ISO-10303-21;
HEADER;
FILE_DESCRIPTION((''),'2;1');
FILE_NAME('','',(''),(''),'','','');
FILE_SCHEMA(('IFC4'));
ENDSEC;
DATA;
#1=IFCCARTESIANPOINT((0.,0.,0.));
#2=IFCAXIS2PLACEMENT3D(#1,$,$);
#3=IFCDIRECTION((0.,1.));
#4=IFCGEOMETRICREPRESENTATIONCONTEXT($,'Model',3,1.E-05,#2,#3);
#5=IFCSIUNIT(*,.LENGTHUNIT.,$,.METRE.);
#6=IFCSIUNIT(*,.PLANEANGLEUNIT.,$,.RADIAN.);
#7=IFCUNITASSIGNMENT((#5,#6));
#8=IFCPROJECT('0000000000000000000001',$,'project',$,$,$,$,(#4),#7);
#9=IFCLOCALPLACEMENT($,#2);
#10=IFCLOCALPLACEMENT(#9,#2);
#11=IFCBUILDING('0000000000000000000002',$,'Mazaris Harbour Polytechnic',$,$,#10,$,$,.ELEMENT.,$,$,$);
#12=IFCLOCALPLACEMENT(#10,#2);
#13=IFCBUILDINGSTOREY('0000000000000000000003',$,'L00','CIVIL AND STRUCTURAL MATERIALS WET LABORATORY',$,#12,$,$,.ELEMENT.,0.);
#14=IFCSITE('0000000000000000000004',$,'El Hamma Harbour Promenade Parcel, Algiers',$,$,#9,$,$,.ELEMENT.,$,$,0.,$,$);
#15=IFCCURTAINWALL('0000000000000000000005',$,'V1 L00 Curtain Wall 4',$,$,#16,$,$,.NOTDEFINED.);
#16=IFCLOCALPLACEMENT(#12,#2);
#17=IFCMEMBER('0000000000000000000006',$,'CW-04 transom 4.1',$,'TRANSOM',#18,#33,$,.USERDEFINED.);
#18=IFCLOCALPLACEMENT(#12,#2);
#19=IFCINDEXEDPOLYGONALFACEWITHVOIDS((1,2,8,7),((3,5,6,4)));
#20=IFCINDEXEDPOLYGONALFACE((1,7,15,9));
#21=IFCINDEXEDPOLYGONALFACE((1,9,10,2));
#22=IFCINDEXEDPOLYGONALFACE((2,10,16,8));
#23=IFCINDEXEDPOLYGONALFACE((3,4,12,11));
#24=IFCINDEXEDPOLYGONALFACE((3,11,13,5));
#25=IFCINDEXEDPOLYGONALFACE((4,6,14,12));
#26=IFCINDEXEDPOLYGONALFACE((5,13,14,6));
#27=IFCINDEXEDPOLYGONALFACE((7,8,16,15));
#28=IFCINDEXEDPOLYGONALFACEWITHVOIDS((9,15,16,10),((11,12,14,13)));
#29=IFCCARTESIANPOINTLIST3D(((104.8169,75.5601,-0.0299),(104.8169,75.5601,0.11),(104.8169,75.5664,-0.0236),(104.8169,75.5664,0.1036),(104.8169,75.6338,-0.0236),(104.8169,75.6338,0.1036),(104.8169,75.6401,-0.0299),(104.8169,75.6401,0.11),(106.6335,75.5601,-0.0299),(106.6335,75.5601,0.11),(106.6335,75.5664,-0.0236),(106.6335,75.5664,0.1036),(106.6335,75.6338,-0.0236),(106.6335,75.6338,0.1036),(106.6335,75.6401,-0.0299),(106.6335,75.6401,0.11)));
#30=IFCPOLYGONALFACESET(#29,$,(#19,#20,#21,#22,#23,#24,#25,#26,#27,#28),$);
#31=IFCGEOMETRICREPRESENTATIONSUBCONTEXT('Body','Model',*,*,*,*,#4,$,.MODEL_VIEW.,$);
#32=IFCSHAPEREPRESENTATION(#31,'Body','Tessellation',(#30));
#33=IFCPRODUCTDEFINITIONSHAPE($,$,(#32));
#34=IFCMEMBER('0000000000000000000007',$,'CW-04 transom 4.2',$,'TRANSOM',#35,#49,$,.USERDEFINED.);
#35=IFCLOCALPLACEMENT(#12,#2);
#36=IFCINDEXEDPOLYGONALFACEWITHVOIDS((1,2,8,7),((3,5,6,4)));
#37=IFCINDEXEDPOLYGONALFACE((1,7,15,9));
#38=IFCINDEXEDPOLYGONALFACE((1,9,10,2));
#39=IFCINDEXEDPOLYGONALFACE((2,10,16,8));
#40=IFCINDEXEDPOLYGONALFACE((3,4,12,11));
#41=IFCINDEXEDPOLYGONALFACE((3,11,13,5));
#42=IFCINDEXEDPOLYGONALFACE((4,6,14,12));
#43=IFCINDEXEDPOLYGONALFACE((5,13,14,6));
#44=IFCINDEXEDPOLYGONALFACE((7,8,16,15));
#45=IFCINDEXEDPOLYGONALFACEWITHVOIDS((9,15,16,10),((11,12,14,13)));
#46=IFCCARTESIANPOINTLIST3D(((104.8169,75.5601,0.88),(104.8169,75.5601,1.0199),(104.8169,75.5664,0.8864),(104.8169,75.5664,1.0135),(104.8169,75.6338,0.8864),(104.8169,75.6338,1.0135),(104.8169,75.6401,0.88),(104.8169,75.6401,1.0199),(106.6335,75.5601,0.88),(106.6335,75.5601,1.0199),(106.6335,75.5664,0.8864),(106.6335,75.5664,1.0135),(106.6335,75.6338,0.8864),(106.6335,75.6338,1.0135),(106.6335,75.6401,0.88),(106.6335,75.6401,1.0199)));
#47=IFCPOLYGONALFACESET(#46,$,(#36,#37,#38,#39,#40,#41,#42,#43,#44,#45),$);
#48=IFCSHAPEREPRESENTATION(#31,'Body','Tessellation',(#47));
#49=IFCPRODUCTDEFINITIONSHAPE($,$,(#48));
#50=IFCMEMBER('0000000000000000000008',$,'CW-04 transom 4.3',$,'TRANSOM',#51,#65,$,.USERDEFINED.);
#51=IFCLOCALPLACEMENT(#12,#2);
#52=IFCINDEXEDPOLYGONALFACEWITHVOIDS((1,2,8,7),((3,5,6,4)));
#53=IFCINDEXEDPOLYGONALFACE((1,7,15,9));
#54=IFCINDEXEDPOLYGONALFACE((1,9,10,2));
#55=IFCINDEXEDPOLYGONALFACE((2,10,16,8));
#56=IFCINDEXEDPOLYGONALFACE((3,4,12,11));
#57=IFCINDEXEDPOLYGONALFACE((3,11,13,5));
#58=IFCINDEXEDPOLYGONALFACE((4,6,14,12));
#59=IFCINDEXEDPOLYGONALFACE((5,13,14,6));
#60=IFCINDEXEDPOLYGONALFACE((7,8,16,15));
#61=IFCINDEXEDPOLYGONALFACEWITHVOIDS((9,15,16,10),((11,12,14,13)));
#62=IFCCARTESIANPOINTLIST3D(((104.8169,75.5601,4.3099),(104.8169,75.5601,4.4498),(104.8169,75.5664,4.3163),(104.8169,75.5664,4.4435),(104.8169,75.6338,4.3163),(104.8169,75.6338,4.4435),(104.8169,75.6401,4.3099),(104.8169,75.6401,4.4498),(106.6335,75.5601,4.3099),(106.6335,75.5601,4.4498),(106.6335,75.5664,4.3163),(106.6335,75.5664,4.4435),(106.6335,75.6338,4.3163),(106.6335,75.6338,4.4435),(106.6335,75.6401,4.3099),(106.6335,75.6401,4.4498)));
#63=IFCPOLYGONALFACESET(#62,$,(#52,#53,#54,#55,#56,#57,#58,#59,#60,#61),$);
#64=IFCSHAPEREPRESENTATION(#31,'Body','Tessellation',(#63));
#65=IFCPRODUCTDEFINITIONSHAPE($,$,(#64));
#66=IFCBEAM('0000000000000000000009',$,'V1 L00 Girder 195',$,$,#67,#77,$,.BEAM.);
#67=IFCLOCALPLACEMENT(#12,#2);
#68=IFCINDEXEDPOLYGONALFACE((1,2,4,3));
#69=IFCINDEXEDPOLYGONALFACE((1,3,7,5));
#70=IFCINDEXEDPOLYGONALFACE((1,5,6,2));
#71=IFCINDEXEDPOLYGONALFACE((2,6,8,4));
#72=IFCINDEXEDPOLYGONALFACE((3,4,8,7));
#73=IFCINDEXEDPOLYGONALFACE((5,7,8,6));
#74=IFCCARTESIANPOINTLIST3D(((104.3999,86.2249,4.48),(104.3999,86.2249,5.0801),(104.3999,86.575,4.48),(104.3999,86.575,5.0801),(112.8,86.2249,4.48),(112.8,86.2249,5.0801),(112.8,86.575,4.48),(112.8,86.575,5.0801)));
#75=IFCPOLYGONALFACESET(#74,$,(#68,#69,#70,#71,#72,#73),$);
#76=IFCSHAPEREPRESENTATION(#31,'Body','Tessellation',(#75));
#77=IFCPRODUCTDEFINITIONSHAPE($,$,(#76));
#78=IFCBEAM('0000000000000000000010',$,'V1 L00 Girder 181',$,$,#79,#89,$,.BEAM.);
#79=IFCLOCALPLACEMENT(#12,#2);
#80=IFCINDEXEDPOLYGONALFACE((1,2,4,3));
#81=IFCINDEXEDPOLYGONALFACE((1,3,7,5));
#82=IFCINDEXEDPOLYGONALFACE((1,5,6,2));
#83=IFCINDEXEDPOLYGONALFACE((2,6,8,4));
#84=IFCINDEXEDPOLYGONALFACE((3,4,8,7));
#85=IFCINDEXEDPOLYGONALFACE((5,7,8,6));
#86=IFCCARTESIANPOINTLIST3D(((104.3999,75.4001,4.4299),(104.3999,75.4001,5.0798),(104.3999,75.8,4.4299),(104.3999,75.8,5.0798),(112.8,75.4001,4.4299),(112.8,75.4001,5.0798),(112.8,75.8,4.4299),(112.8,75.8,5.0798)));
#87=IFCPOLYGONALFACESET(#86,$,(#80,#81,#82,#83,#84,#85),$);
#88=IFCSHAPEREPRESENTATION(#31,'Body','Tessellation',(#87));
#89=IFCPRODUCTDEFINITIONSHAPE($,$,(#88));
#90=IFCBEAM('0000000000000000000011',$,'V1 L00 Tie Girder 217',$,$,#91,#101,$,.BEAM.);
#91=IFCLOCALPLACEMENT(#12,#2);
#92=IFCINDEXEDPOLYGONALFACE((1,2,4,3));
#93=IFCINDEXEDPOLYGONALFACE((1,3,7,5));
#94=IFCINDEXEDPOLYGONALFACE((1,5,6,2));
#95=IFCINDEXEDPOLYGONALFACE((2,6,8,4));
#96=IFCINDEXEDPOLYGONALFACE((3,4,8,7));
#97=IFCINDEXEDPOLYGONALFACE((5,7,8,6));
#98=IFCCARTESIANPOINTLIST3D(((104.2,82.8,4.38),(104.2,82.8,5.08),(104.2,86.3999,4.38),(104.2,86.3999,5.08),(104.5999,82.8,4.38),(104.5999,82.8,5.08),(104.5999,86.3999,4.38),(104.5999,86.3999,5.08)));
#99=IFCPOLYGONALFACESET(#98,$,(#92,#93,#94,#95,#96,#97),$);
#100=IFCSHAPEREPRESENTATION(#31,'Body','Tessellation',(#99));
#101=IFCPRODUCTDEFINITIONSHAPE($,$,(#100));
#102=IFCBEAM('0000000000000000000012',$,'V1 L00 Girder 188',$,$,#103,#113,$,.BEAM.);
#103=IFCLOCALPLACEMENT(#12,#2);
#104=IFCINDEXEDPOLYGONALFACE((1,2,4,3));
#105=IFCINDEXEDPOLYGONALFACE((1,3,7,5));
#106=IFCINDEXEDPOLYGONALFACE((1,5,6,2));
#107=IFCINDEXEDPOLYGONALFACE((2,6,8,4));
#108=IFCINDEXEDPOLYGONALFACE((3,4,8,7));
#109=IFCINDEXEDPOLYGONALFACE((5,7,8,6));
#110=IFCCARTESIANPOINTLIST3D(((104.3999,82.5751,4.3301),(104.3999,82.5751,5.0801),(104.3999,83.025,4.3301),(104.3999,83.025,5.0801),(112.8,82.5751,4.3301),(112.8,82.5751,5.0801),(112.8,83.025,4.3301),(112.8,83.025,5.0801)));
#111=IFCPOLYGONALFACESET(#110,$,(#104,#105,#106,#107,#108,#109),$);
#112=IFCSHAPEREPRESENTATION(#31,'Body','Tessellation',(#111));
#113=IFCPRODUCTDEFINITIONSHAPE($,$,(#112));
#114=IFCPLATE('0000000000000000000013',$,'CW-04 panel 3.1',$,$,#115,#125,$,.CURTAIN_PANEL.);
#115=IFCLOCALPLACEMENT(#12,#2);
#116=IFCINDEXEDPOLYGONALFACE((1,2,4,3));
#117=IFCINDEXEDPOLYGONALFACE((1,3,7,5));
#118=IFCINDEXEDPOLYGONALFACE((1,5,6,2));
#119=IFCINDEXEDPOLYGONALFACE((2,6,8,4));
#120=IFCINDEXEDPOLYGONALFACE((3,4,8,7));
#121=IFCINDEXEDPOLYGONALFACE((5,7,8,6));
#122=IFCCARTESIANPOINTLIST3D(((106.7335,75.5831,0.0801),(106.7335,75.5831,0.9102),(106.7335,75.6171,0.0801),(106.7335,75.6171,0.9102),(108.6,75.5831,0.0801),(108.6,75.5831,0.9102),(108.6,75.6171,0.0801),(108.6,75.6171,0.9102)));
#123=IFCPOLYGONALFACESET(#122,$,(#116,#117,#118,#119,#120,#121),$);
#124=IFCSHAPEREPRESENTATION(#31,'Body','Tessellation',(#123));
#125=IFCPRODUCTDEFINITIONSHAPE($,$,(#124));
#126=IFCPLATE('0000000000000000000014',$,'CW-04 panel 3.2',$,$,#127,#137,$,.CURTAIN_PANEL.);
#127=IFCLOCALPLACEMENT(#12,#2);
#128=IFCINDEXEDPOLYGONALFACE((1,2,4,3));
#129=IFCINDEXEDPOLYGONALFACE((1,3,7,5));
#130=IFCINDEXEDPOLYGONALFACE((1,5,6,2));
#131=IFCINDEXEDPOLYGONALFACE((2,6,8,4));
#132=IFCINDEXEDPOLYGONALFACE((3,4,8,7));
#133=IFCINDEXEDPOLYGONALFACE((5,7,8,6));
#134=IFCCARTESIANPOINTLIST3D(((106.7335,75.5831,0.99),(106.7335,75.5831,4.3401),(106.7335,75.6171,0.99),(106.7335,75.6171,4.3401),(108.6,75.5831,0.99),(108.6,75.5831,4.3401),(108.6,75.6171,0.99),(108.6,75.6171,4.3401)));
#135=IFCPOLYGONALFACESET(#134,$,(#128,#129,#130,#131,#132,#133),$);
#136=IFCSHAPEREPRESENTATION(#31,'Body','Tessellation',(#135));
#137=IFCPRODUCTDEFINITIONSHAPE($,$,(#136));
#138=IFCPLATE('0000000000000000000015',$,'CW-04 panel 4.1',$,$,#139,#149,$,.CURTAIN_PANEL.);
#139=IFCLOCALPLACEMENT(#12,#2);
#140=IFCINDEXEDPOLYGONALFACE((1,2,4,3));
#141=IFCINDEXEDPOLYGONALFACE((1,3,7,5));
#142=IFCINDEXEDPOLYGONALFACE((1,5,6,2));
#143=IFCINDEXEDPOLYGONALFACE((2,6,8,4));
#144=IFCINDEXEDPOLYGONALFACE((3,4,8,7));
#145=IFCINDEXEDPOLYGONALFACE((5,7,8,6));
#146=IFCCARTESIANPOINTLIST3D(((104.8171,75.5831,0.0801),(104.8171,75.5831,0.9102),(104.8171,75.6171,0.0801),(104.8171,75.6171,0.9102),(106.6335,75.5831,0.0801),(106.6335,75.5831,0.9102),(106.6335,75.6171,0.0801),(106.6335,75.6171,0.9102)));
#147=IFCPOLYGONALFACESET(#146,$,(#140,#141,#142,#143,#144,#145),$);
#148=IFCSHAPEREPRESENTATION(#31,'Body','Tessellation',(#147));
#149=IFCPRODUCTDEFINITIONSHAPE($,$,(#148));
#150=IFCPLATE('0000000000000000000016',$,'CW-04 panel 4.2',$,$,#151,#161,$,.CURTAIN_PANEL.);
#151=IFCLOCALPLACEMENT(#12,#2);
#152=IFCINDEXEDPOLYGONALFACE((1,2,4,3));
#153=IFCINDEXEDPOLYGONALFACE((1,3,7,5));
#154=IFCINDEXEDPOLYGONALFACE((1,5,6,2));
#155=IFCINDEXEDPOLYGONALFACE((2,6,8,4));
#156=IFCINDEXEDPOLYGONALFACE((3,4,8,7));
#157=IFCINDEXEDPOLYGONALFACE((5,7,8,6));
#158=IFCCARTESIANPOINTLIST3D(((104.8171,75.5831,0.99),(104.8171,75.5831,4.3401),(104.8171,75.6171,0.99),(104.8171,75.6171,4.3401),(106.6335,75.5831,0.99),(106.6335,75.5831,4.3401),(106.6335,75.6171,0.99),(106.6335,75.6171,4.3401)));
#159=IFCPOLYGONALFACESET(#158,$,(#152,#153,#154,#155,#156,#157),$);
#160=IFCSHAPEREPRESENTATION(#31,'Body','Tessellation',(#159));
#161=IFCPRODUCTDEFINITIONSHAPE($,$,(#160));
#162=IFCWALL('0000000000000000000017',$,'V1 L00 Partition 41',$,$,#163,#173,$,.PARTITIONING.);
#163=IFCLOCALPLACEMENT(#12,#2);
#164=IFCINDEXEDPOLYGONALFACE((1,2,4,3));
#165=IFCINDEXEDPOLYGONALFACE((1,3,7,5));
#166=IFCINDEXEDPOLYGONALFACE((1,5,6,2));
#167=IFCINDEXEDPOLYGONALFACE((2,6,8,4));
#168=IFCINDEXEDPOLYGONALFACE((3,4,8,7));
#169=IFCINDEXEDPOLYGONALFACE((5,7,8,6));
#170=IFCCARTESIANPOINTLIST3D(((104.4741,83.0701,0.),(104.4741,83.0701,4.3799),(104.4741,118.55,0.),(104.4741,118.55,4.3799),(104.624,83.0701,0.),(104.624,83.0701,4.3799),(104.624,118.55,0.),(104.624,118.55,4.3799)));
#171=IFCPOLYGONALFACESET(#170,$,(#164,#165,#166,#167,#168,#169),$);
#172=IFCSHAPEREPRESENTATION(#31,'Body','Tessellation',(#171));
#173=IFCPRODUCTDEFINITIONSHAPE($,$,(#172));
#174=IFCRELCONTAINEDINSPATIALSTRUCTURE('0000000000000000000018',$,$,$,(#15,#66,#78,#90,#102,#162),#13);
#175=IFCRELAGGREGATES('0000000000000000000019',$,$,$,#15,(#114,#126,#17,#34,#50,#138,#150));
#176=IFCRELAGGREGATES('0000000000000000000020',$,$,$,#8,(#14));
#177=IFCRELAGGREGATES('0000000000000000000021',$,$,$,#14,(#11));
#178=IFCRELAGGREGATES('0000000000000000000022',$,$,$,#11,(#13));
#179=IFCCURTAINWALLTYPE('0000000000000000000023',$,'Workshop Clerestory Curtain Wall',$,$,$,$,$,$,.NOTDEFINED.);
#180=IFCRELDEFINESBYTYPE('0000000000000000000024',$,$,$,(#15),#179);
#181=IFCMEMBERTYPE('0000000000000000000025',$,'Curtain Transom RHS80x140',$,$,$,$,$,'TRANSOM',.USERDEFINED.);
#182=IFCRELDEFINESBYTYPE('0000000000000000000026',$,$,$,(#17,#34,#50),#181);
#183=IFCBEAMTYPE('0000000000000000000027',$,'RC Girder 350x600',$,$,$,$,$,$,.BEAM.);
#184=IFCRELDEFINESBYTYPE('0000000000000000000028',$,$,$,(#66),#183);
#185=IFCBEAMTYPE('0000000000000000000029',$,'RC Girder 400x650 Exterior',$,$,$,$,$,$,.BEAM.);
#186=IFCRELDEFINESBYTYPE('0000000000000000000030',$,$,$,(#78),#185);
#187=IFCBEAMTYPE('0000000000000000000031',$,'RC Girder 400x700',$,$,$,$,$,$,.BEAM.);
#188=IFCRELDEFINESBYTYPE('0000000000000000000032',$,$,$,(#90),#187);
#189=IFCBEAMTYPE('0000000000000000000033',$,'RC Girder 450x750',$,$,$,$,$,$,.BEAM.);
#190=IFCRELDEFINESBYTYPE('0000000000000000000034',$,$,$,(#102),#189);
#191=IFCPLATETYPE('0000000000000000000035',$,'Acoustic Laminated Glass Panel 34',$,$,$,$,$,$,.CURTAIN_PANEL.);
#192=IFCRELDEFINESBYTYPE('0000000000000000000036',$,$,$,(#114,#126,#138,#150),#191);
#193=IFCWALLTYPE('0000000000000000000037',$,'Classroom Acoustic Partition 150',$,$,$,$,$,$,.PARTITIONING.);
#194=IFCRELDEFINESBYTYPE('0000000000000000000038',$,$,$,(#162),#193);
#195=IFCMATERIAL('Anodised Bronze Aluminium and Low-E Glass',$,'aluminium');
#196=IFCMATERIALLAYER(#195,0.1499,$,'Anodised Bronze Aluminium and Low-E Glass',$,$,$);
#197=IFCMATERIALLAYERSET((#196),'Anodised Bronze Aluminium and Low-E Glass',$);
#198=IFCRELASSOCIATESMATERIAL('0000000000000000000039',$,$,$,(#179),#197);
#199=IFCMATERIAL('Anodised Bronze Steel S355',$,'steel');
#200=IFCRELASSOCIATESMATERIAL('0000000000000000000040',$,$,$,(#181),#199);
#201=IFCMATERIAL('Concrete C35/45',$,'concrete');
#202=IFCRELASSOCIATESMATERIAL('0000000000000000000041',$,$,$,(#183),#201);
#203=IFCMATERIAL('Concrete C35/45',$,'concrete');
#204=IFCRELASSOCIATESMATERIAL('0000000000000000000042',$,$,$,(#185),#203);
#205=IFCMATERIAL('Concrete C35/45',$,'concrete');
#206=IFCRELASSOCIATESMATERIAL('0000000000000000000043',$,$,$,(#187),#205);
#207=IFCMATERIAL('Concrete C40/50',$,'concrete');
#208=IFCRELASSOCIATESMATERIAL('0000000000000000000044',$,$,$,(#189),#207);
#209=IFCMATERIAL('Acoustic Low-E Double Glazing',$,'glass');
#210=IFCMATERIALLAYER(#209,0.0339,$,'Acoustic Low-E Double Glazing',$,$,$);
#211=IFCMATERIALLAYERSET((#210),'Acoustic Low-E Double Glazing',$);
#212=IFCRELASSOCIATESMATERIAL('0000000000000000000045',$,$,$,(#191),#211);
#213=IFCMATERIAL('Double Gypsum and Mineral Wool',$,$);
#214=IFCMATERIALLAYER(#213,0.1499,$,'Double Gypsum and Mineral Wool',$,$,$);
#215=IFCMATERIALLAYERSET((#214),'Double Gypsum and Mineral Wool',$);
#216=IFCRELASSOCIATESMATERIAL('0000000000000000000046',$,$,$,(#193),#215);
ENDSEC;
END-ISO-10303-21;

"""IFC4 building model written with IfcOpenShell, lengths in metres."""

from ifc_helpers import new_model, si_unit, direction, frame, frame_2d, origin, origin_2d, place, context, subcontext, project, spatial, rectangle, hollow_rectangle, extrude, material, layer, layer_set, material_profile, profile_set, type_object, element, aggregate, save


model = new_model("IFC4")

# Units and contexts
model_context = context("Model", 3, precision=1e-05, world=origin(), true_north=direction((0.0, 1.0)))
body_context = subcontext(model_context, "Body", "Model", "MODEL_VIEW")
ifc_project = project(units=[si_unit("LENGTHUNIT", "METRE"), si_unit("PLANEANGLEUNIT", "RADIAN")], contexts=[model_context])

# Site, building, storey
site_placement = place(None, origin())
site = spatial("IfcSite", under=ifc_project, at=site_placement, Name="El Hamma Harbour Promenade Parcel, Algiers", CompositionType="ELEMENT", RefElevation=0.0)
building_placement = place(site_placement, origin())
building = spatial("IfcBuilding", under=site, at=building_placement, Name="Mazaris Harbour Polytechnic", CompositionType="ELEMENT")
storey_placement = place(building_placement, origin())
storey = spatial("IfcBuildingStorey", under=building, at=storey_placement, Name="L00", Description="CIVIL AND STRUCTURAL MATERIALS WET LABORATORY", CompositionType="ELEMENT", Elevation=0.0)

# Curtain wall, members
ifc_material_1 = material(Name="Anodised Bronze Aluminium and Low-E Glass", Category="aluminium")
ifc_layer_1 = layer(ifc_material_1, 0.1499, Name="Anodised Bronze Aluminium and Low-E Glass")
ifc_layer_set_1 = layer_set([ifc_layer_1], Name="Anodised Bronze Aluminium and Low-E Glass")
curtain_wall_type = type_object("IfcCurtainWallType", Name="Workshop Clerestory Curtain Wall", PredefinedType="NOTDEFINED", material=ifc_layer_set_1)
curtain_wall_placement = place(storey_placement, origin())
curtain_wall = element("IfcCurtainWall", 1, at=curtain_wall_placement, inside=storey, type_object=curtain_wall_type, Name="V1 L00 Curtain Wall 4", PredefinedType="NOTDEFINED")
ifc_material_2 = material(Name="Anodised Bronze Steel S355", Category="steel")
ifc_material_profile_1 = material_profile(ifc_material_2, hollow_rectangle(XDim=0.0801, YDim=0.1399, WallThickness=0.0063, at=origin_2d()), Name="RHS 80x140x6.3")
ifc_profile_set_1 = profile_set([ifc_material_profile_1], Name="Anodised Bronze Steel S355")
member_type_1 = type_object("IfcMemberType", Name="Curtain Transom RHS80x140", ElementType="TRANSOM", PredefinedType="USERDEFINED", material=ifc_profile_set_1)
member_1_placement = place(storey_placement, frame((106.6335, 75.6001, 0.04), z_axis=(-1.0, 0.0, 0.0), x_axis=(0.0, -1.0, 0.0)))
member_1 = element("IfcMember", 2, at=member_1_placement, type_object=member_type_1, Name="CW-04 transom 4.1", ObjectType="TRANSOM", PredefinedType="USERDEFINED", context=body_context, shape_type="SweptSolid", body=[
    extrude(hollow_rectangle(XDim=0.0801, YDim=0.1399, WallThickness=0.0063, at=origin_2d()), origin(), (0.0, 0.0, 1.0), 1.8167),
])
member_2_placement = place(storey_placement, frame((106.6335, 75.6001, 0.95), z_axis=(-1.0, 0.0, 0.0), x_axis=(0.0, -1.0, 0.0)))
member_2 = element("IfcMember", 3, at=member_2_placement, type_object=member_type_1, Name="CW-04 transom 4.2", ObjectType="TRANSOM", PredefinedType="USERDEFINED", context=body_context, shape_type="SweptSolid", body=[
    extrude(hollow_rectangle(XDim=0.0801, YDim=0.1399, WallThickness=0.0063, at=origin_2d()), origin(), (0.0, 0.0, 1.0), 1.8167),
])
member_3_placement = place(storey_placement, frame((106.6335, 75.6001, 4.3799), z_axis=(-1.0, 0.0, 0.0), x_axis=(0.0, -1.0, 0.0)))
member_3 = element("IfcMember", 4, at=member_3_placement, type_object=member_type_1, Name="CW-04 transom 4.3", ObjectType="TRANSOM", PredefinedType="USERDEFINED", context=body_context, shape_type="SweptSolid", body=[
    extrude(hollow_rectangle(XDim=0.0801, YDim=0.1399, WallThickness=0.0063, at=origin_2d()), origin(), (0.0, 0.0, 1.0), 1.8167),
])

# Beams
ifc_material_3 = material(Name="Concrete C35/45", Category="concrete")
ifc_material_profile_2 = material_profile(ifc_material_3, rectangle(XDim=0.3501, YDim=0.6001, at=origin_2d()), Name="RECT350x600")
ifc_profile_set_2 = profile_set([ifc_material_profile_2], Name="Concrete C35/45")
beam_type_1 = type_object("IfcBeamType", Name="RC Girder 350x600", PredefinedType="BEAM", material=ifc_profile_set_2)
beam_1_placement = place(storey_placement, frame((104.3999, 86.3999, 4.78), z_axis=(1.0, 0.0, 0.0), x_axis=(0.0, 1.0, 0.0)))
element("IfcBeam", 5, at=beam_1_placement, inside=storey, type_object=beam_type_1, Name="V1 L00 Girder 195", PredefinedType="BEAM", context=body_context, shape_type="SweptSolid", body=[
    extrude(rectangle(XDim=0.3501, YDim=0.6001, at=origin_2d()), origin(), (0.0, 0.0, 1.0), 8.4001),
])
ifc_material_4 = material(Name="Concrete C35/45", Category="concrete")
ifc_material_profile_3 = material_profile(ifc_material_4, rectangle(XDim=0.3999, YDim=0.6499, at=origin_2d()), Name="RECT400x650")
ifc_profile_set_3 = profile_set([ifc_material_profile_3], Name="Concrete C35/45")
beam_type_2 = type_object("IfcBeamType", Name="RC Girder 400x650 Exterior", PredefinedType="BEAM", material=ifc_profile_set_3)
beam_2_placement = place(storey_placement, frame((104.3999, 75.6001, 4.7549), z_axis=(1.0, 0.0, 0.0), x_axis=(0.0, 1.0, 0.0)))
element("IfcBeam", 6, at=beam_2_placement, inside=storey, type_object=beam_type_2, Name="V1 L00 Girder 181", PredefinedType="BEAM", context=body_context, shape_type="SweptSolid", body=[
    extrude(rectangle(XDim=0.3999, YDim=0.6499, at=origin_2d()), origin(), (0.0, 0.0, 1.0), 8.4001),
])
ifc_material_5 = material(Name="Concrete C35/45", Category="concrete")
ifc_material_profile_4 = material_profile(ifc_material_5, rectangle(XDim=0.3999, YDim=0.7, at=origin_2d()), Name="RECT400x700")
ifc_profile_set_4 = profile_set([ifc_material_profile_4], Name="Concrete C35/45")
beam_type_3 = type_object("IfcBeamType", Name="RC Girder 400x700", PredefinedType="BEAM", material=ifc_profile_set_4)
beam_3_placement = place(storey_placement, frame((104.3999, 82.8, 4.73), z_axis=(0.0, 1.0, 0.0), x_axis=(-1.0, 0.0, 0.0)))
element("IfcBeam", 7, at=beam_3_placement, inside=storey, type_object=beam_type_3, Name="V1 L00 Tie Girder 217", PredefinedType="BEAM", context=body_context, shape_type="SweptSolid", body=[
    extrude(rectangle(XDim=0.3999, YDim=0.7, at=origin_2d()), origin(), (0.0, 0.0, 1.0), 3.5999),
])
ifc_material_6 = material(Name="Concrete C40/50", Category="concrete")
ifc_material_profile_5 = material_profile(ifc_material_6, rectangle(XDim=0.45, YDim=0.75, at=origin_2d()), Name="RECT450x750")
ifc_profile_set_5 = profile_set([ifc_material_profile_5], Name="Concrete C40/50")
beam_type_4 = type_object("IfcBeamType", Name="RC Girder 450x750", PredefinedType="BEAM", material=ifc_profile_set_5)
beam_4_placement = place(storey_placement, frame((104.3999, 82.8, 4.7051), z_axis=(1.0, 0.0, 0.0), x_axis=(0.0, 1.0, 0.0)))
element("IfcBeam", 8, at=beam_4_placement, inside=storey, type_object=beam_type_4, Name="V1 L00 Girder 188", PredefinedType="BEAM", context=body_context, shape_type="SweptSolid", body=[
    extrude(rectangle(XDim=0.45, YDim=0.75, at=origin_2d()), origin(), (0.0, 0.0, 1.0), 8.4001),
])

# Plates
ifc_material_7 = material(Name="Acoustic Low-E Double Glazing", Category="glass")
ifc_layer_2 = layer(ifc_material_7, 0.0339, Name="Acoustic Low-E Double Glazing")
ifc_layer_set_2 = layer_set([ifc_layer_2], Name="Acoustic Low-E Double Glazing")
plate_type = type_object("IfcPlateType", Name="Acoustic Laminated Glass Panel 34", PredefinedType="CURTAIN_PANEL", material=ifc_layer_set_2)
plate_1_placement = place(storey_placement, frame((107.6667, 75.6001, 0.0801), z_axis=(0.0, 0.0, 1.0), x_axis=(-1.0, 0.0, 0.0)))
plate_1 = element("IfcPlate", 9, at=plate_1_placement, type_object=plate_type, Name="CW-04 panel 3.1", PredefinedType="CURTAIN_PANEL", context=body_context, shape_type="SweptSolid", body=[
    extrude(rectangle(XDim=1.8665, YDim=0.0339, at=origin_2d()), origin(), (0.0, 0.0, 1.0), 0.8301),
])
plate_2_placement = place(storey_placement, frame((107.6667, 75.6001, 0.99), z_axis=(0.0, 0.0, 1.0), x_axis=(-1.0, 0.0, 0.0)))
plate_2 = element("IfcPlate", 10, at=plate_2_placement, type_object=plate_type, Name="CW-04 panel 3.2", PredefinedType="CURTAIN_PANEL", context=body_context, shape_type="SweptSolid", body=[
    extrude(rectangle(XDim=1.8665, YDim=0.0339, at=origin_2d()), origin(), (0.0, 0.0, 1.0), 3.3501),
])
plate_3_placement = place(storey_placement, frame((105.7253, 75.6001, 0.0801), z_axis=(0.0, 0.0, 1.0), x_axis=(-1.0, 0.0, 0.0)))
plate_3 = element("IfcPlate", 11, at=plate_3_placement, type_object=plate_type, Name="CW-04 panel 4.1", PredefinedType="CURTAIN_PANEL", context=body_context, shape_type="SweptSolid", body=[
    extrude(rectangle(XDim=1.8164, YDim=0.0339, at=origin_2d()), origin(), (0.0, 0.0, 1.0), 0.8301),
])
plate_4_placement = place(storey_placement, frame((105.7253, 75.6001, 0.99), z_axis=(0.0, 0.0, 1.0), x_axis=(-1.0, 0.0, 0.0)))
plate_4 = element("IfcPlate", 12, at=plate_4_placement, type_object=plate_type, Name="CW-04 panel 4.2", PredefinedType="CURTAIN_PANEL", context=body_context, shape_type="SweptSolid", body=[
    extrude(rectangle(XDim=1.8164, YDim=0.0339, at=origin_2d()), origin(), (0.0, 0.0, 1.0), 3.3501),
])
aggregate(curtain_wall, [plate_1, plate_2, member_1, member_2, member_3, plate_3, plate_4])

# Wall
ifc_material_8 = material(Name="Double Gypsum and Mineral Wool")
ifc_layer_3 = layer(ifc_material_8, 0.1499, Name="Double Gypsum and Mineral Wool")
ifc_layer_set_3 = layer_set([ifc_layer_3], Name="Double Gypsum and Mineral Wool")
wall_type_1 = type_object("IfcWallType", Name="Classroom Acoustic Partition 150", PredefinedType="PARTITIONING", material=ifc_layer_set_3)
wall_1_placement = place(storey_placement, frame((104.5491, 83.0701, 0.0), z_axis=(0.0, 0.0, 1.0), x_axis=(0.0, 1.0, 0.0)))
element("IfcWall", 13, at=wall_1_placement, inside=storey, type_object=wall_type_1, Name="V1 L00 Partition 41", PredefinedType="PARTITIONING", context=body_context, shape_type="SweptSolid", body=[
    extrude(rectangle(XDim=35.48, YDim=0.1499, at=frame_2d((17.74, 0.0))), origin(), (0.0, 0.0, 1.0), 4.3799),
])

save(model, "model.ifc")
